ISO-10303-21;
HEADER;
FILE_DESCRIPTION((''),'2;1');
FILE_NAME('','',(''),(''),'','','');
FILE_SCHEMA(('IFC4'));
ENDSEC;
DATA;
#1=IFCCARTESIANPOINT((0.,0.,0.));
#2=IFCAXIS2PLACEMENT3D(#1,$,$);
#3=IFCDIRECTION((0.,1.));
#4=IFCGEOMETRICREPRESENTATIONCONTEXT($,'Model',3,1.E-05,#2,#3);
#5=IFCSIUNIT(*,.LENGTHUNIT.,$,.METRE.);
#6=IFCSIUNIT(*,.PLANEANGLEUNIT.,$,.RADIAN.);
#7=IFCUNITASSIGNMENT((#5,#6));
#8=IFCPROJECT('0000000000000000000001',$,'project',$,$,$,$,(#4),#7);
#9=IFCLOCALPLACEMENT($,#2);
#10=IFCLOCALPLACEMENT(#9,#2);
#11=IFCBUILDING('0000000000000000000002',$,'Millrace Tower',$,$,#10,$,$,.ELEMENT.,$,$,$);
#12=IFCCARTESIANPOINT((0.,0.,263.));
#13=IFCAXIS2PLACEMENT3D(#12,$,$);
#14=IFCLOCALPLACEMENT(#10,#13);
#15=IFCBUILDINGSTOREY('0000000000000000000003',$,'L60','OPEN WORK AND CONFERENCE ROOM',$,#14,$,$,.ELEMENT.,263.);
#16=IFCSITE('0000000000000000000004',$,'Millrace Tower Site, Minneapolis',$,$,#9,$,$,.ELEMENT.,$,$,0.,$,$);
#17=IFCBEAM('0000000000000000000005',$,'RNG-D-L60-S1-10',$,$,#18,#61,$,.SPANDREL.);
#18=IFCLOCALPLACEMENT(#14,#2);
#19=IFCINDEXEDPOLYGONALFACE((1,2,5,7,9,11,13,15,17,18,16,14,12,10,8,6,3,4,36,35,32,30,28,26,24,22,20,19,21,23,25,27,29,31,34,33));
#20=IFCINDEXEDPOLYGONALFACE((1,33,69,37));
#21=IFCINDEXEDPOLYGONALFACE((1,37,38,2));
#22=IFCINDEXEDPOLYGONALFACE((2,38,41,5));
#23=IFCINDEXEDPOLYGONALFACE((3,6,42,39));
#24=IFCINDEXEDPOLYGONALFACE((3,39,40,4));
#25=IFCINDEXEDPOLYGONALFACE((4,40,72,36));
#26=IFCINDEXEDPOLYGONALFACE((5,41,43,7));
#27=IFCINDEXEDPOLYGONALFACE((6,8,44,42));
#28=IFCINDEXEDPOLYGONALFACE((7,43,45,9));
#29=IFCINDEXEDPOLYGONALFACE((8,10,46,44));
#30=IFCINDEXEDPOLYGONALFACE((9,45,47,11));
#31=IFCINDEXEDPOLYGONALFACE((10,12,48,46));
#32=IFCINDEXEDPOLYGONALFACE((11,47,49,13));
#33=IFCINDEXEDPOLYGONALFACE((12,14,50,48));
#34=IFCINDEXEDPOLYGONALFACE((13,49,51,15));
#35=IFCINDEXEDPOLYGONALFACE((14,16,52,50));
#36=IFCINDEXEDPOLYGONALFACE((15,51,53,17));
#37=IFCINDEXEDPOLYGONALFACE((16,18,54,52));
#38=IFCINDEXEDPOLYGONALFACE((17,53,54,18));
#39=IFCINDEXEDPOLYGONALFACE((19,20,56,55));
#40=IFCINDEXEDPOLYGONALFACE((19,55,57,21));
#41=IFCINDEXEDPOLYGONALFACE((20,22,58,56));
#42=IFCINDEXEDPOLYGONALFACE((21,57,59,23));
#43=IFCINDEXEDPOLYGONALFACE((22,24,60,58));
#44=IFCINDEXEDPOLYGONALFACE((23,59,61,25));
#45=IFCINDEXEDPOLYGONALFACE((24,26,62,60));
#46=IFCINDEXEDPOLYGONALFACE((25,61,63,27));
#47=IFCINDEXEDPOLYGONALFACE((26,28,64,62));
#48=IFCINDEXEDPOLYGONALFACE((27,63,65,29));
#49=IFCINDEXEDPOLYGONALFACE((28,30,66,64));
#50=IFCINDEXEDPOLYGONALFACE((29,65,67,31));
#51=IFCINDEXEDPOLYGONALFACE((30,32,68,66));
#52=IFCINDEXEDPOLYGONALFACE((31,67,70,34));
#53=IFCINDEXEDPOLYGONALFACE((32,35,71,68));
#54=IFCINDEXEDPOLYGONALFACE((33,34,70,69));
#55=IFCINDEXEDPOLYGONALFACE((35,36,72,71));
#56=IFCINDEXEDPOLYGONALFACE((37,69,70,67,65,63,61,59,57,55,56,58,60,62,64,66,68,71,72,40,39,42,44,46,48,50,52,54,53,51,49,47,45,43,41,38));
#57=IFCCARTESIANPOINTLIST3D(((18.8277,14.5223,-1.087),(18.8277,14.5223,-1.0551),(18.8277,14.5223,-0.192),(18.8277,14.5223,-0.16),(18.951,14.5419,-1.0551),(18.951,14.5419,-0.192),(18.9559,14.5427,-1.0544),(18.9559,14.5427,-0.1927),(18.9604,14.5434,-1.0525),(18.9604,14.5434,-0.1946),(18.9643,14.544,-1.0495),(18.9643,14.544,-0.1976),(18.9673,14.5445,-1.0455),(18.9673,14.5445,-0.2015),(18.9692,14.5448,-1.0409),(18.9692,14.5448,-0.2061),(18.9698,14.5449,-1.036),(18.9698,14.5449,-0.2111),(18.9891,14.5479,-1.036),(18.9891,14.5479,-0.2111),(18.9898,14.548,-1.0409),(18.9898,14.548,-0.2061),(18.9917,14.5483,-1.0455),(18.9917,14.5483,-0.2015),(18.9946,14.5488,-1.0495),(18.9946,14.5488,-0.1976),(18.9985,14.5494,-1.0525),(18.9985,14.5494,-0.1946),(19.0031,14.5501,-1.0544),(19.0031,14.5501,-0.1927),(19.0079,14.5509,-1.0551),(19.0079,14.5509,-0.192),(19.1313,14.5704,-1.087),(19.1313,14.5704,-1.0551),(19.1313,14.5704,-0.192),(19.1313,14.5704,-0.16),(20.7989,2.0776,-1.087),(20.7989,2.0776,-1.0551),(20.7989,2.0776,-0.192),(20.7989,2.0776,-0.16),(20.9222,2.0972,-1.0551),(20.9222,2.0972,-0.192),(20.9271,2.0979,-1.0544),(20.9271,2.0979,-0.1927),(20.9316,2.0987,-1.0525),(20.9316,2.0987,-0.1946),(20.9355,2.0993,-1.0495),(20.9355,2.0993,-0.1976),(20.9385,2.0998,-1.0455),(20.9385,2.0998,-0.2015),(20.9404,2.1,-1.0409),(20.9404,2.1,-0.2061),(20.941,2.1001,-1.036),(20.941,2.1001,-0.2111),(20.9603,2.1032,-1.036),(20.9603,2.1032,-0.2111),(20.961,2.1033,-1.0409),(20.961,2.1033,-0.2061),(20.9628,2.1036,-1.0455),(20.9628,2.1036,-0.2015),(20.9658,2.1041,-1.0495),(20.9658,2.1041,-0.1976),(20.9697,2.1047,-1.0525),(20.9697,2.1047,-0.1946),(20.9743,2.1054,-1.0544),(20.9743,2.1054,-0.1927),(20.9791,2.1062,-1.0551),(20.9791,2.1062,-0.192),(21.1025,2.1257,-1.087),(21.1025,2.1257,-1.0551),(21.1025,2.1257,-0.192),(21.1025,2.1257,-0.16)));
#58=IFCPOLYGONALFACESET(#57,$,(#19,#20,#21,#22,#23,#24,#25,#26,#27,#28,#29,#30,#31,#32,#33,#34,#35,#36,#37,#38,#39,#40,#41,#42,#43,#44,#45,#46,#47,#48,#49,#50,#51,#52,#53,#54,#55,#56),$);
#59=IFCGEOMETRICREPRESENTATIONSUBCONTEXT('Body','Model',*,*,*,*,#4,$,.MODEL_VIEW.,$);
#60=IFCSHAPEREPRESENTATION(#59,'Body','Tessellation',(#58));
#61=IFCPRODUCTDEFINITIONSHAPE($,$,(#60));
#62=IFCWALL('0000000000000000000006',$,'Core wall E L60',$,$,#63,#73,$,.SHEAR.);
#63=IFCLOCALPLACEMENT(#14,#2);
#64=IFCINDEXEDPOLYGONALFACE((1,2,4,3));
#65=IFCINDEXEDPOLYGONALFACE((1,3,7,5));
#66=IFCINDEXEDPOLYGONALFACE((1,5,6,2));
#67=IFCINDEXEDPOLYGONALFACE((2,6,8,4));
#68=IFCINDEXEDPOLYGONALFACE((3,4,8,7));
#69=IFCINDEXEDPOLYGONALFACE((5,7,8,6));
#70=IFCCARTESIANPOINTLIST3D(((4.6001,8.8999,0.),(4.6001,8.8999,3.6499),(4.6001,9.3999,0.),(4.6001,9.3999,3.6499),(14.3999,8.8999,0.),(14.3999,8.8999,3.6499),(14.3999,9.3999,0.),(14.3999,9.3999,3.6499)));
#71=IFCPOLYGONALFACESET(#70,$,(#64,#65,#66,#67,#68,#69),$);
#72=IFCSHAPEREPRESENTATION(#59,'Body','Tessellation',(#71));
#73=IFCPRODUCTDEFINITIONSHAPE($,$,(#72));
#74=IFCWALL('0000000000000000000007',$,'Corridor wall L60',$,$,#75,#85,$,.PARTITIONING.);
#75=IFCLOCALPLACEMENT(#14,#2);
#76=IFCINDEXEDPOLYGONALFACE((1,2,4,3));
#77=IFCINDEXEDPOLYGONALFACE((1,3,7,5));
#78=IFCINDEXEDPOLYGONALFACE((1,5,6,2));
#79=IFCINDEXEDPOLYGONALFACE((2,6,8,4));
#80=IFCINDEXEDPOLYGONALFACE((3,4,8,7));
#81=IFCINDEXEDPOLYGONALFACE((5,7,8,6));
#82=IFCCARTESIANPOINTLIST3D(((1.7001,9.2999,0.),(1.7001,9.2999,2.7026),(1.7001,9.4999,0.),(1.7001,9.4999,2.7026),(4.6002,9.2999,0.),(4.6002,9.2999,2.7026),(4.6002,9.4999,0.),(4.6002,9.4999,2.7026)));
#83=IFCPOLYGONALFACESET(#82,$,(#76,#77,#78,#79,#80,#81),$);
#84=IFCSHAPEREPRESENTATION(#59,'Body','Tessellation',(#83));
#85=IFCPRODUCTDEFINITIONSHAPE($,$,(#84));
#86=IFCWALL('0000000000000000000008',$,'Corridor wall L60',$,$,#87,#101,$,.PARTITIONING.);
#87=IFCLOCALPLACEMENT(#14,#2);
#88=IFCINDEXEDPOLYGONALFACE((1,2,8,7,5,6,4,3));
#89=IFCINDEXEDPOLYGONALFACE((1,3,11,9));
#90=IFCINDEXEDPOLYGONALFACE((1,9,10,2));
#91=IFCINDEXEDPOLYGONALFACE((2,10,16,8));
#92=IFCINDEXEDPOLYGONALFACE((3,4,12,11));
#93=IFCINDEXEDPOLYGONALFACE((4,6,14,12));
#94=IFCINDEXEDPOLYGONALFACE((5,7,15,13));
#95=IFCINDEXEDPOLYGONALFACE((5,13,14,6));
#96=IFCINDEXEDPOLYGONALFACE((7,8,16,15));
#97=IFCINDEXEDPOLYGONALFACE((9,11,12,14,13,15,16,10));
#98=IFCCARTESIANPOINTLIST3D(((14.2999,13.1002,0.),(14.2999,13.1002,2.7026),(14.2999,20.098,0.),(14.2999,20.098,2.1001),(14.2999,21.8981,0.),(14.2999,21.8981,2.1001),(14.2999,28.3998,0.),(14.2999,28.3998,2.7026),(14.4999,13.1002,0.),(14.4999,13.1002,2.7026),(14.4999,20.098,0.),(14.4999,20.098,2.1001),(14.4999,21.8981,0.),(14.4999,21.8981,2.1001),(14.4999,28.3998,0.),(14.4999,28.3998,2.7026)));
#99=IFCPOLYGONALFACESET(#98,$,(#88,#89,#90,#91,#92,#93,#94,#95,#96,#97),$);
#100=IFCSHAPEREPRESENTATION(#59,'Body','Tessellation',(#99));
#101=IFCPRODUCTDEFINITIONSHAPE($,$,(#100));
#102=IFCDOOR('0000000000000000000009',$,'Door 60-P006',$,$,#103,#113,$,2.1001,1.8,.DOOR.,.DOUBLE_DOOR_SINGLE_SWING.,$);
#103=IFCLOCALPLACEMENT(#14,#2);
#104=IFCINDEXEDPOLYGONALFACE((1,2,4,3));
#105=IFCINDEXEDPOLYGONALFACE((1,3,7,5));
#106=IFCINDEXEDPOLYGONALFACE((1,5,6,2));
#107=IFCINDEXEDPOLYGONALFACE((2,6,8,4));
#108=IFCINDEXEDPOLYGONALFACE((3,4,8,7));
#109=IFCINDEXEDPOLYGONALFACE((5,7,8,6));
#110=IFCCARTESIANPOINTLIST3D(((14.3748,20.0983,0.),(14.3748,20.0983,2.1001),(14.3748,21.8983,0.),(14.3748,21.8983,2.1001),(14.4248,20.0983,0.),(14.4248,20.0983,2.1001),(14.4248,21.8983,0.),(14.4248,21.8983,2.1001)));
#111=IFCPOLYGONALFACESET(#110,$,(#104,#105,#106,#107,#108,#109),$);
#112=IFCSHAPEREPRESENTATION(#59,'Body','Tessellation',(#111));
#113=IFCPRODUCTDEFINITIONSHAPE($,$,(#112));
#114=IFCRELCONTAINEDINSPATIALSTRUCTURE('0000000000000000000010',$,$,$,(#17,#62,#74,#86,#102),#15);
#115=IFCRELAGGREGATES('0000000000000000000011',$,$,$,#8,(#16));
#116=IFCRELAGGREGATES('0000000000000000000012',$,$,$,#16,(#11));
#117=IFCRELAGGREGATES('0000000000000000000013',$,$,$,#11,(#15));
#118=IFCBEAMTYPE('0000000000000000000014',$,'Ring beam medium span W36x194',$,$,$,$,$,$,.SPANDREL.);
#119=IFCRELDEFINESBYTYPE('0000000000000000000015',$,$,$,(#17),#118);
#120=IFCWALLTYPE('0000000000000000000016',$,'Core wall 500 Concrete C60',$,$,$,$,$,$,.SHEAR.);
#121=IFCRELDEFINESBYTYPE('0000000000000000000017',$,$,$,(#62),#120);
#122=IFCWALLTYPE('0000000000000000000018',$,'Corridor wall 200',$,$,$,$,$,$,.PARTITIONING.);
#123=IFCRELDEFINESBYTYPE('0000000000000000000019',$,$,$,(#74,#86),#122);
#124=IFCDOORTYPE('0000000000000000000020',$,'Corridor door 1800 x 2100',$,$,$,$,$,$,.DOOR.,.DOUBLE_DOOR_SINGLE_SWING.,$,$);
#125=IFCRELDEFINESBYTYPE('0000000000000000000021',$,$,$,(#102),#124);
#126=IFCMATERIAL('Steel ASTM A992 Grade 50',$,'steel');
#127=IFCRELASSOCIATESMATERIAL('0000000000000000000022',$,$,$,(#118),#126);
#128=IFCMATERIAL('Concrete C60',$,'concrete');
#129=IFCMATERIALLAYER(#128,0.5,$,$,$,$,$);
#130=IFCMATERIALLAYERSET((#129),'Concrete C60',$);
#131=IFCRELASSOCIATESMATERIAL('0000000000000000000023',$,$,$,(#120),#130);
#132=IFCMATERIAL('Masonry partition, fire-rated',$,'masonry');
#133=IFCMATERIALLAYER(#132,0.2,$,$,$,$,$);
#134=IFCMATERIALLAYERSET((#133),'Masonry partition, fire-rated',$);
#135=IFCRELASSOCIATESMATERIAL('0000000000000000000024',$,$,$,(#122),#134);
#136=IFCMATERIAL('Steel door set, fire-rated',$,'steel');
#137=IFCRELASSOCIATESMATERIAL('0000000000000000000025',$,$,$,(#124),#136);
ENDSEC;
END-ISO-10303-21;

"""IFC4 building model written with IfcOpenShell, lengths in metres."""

from ifc_helpers import new_model, si_unit, direction, frame, frame_2d, origin, origin_2d, place, context, subcontext, project, spatial, rectangle, i_section, extrude, material, layer, layer_set, material_profile, profile_set, type_object, element, fill, save


model = new_model("IFC4")

# Units and contexts
model_context = context("Model", 3, precision=1e-05, world=origin(), true_north=direction((0.0, 1.0)))
body_context = subcontext(model_context, "Body", "Model", "MODEL_VIEW")
ifc_project = project(units=[si_unit("LENGTHUNIT", "METRE"), si_unit("PLANEANGLEUNIT", "RADIAN")], contexts=[model_context])

# Site, building, storey
site_placement = place(None, origin())
site = spatial("IfcSite", under=ifc_project, at=site_placement, Name="Millrace Tower Site, Minneapolis", CompositionType="ELEMENT", RefElevation=0.0)
building_placement = place(site_placement, origin())
building = spatial("IfcBuilding", under=site, at=building_placement, Name="Millrace Tower", CompositionType="ELEMENT")
storey_placement = place(building_placement, frame((0.0, 0.0, 263.0)))
storey = spatial("IfcBuildingStorey", under=building, at=storey_placement, Name="L60", Description="OPEN WORK AND CONFERENCE ROOM", CompositionType="ELEMENT", Elevation=263.0)

# Beam
ifc_material_1 = material(Name="Steel ASTM A992 Grade 50", Category="steel")
ifc_material_profile_1 = material_profile(ifc_material_1, i_section(OverallWidth=0.3074, OverallDepth=0.927, WebThickness=0.0195, FlangeThickness=0.032, FilletRadius=0.019, at=origin_2d()))
ifc_profile_set_1 = profile_set([ifc_material_profile_1], Name="Steel ASTM A992 Grade 50")
beam_type_1 = type_object("IfcBeamType", Name="Ring beam medium span W36x194", PredefinedType="SPANDREL", material=ifc_profile_set_1)
beam_1_placement = place(storey_placement, frame((18.9795, 14.5464, -0.6235), z_axis=(0.156444, -0.987687, 0.0), x_axis=(0.987687, 0.156444, 0.0)))
element("IfcBeam", 1, at=beam_1_placement, inside=storey, type_object=beam_type_1, Name="RNG-D-L60-S1-10", PredefinedType="SPANDREL", context=body_context, shape_type="SweptSolid", body=[
    extrude(i_section(OverallWidth=0.3074, OverallDepth=0.927, WebThickness=0.0195, FlangeThickness=0.032, FilletRadius=0.019, at=origin_2d()), origin(), (0.0, 0.0, 1.0), 12.5999),
])

# Walls
ifc_material_2 = material(Name="Concrete C60", Category="concrete")
ifc_layer_1 = layer(ifc_material_2, 0.5)
ifc_layer_set_1 = layer_set([ifc_layer_1], Name="Concrete C60")
wall_type_1 = type_object("IfcWallType", Name="Core wall 500 Concrete C60", PredefinedType="SHEAR", material=ifc_layer_set_1)
wall_1_placement = place(storey_placement, frame((14.3999, 9.1499, 0.0), z_axis=(0.0, 0.0, 1.0), x_axis=(-1.0, 0.0, 0.0)))
element("IfcWall", 2, at=wall_1_placement, inside=storey, type_object=wall_type_1, Name="Core wall E L60", PredefinedType="SHEAR", context=body_context, shape_type="SweptSolid", body=[
    extrude(rectangle(XDim=9.7998, YDim=0.5, at=frame_2d((4.8999, 0.0))), origin(), (0.0, 0.0, 1.0), 3.6499),
])
ifc_material_3 = material(Name="Masonry partition, fire-rated", Category="masonry")
ifc_layer_2 = layer(ifc_material_3, 0.2)
ifc_layer_set_2 = layer_set([ifc_layer_2], Name="Masonry partition, fire-rated")
wall_type_2 = type_object("IfcWallType", Name="Corridor wall 200", PredefinedType="PARTITIONING", material=ifc_layer_set_2)
wall_2_placement = place(storey_placement, frame((1.7, 9.3999, 0.0), z_axis=(0.0, 0.0, 1.0), x_axis=(1.0, 0.0, 0.0)))
element("IfcWall", 3, at=wall_2_placement, inside=storey, type_object=wall_type_2, Name="Corridor wall L60", PredefinedType="PARTITIONING", context=body_context, shape_type="SweptSolid", body=[
    extrude(rectangle(XDim=2.9001, YDim=0.2, at=frame_2d((1.4502, 0.0))), origin(), (0.0, 0.0, 1.0), 2.7026),
])

# Wall, opening, door
wall_3_placement = place(storey_placement, frame((14.3999, 13.1001, 0.0), z_axis=(0.0, 0.0, 1.0), x_axis=(0.0, 1.0, 0.0)))
wall_3 = element("IfcWall", 4, at=wall_3_placement, inside=storey, type_object=wall_type_2, Name="Corridor wall L60", PredefinedType="PARTITIONING", context=body_context, shape_type="SweptSolid", body=[
    extrude(rectangle(XDim=15.2996, YDim=0.2, at=frame_2d((7.6499, 0.0))), origin(), (0.0, 0.0, 1.0), 2.7026),
])
opening_placement = place(wall_3_placement, frame((6.998, 0.0, 0.0)))
opening = element("IfcOpeningElement", 5, at=opening_placement, cuts=wall_3, PredefinedType="OPENING", context=body_context, shape_type="SweptSolid", body=[
    extrude(rectangle(XDim=1.8, YDim=2.1001, at=frame_2d((0.8999, 1.05))), frame((0.0, 0.1099, 0.0), z_axis=(0.0, -1.0, 0.0), x_axis=(1.0, 0.0, 0.0)), (0.0, 0.0, 1.0), 0.22),
])
ifc_material_4 = material(Name="Steel door set, fire-rated", Category="steel")
door_type = type_object("IfcDoorType", Name="Corridor door 1800 x 2100", OperationType="DOUBLE_DOOR_SINGLE_SWING", PredefinedType="DOOR", material=ifc_material_4)
door_placement = place(opening_placement, frame((1.8, 0.0, 0.0), z_axis=(0.0, 0.0, 1.0), x_axis=(-1.0, 0.0, 0.0)))
door = element("IfcDoor", 6, at=door_placement, inside=storey, type_object=door_type, Name="Door 60-P006", OperationType="DOUBLE_DOOR_SINGLE_SWING", OverallHeight=2.1001, OverallWidth=1.8, PredefinedType="DOOR", context=body_context, shape_type="SweptSolid", body=[
    extrude(rectangle(XDim=1.8, YDim=2.1001, at=frame_2d((0.8999, 1.05))), frame((0.0, 0.0249, 0.0), z_axis=(0.0, -1.0, 0.0), x_axis=(1.0, 0.0, 0.0)), (0.0, 0.0, 1.0), 0.05),
])
fill(opening, door)

save(model, "model.ifc")
